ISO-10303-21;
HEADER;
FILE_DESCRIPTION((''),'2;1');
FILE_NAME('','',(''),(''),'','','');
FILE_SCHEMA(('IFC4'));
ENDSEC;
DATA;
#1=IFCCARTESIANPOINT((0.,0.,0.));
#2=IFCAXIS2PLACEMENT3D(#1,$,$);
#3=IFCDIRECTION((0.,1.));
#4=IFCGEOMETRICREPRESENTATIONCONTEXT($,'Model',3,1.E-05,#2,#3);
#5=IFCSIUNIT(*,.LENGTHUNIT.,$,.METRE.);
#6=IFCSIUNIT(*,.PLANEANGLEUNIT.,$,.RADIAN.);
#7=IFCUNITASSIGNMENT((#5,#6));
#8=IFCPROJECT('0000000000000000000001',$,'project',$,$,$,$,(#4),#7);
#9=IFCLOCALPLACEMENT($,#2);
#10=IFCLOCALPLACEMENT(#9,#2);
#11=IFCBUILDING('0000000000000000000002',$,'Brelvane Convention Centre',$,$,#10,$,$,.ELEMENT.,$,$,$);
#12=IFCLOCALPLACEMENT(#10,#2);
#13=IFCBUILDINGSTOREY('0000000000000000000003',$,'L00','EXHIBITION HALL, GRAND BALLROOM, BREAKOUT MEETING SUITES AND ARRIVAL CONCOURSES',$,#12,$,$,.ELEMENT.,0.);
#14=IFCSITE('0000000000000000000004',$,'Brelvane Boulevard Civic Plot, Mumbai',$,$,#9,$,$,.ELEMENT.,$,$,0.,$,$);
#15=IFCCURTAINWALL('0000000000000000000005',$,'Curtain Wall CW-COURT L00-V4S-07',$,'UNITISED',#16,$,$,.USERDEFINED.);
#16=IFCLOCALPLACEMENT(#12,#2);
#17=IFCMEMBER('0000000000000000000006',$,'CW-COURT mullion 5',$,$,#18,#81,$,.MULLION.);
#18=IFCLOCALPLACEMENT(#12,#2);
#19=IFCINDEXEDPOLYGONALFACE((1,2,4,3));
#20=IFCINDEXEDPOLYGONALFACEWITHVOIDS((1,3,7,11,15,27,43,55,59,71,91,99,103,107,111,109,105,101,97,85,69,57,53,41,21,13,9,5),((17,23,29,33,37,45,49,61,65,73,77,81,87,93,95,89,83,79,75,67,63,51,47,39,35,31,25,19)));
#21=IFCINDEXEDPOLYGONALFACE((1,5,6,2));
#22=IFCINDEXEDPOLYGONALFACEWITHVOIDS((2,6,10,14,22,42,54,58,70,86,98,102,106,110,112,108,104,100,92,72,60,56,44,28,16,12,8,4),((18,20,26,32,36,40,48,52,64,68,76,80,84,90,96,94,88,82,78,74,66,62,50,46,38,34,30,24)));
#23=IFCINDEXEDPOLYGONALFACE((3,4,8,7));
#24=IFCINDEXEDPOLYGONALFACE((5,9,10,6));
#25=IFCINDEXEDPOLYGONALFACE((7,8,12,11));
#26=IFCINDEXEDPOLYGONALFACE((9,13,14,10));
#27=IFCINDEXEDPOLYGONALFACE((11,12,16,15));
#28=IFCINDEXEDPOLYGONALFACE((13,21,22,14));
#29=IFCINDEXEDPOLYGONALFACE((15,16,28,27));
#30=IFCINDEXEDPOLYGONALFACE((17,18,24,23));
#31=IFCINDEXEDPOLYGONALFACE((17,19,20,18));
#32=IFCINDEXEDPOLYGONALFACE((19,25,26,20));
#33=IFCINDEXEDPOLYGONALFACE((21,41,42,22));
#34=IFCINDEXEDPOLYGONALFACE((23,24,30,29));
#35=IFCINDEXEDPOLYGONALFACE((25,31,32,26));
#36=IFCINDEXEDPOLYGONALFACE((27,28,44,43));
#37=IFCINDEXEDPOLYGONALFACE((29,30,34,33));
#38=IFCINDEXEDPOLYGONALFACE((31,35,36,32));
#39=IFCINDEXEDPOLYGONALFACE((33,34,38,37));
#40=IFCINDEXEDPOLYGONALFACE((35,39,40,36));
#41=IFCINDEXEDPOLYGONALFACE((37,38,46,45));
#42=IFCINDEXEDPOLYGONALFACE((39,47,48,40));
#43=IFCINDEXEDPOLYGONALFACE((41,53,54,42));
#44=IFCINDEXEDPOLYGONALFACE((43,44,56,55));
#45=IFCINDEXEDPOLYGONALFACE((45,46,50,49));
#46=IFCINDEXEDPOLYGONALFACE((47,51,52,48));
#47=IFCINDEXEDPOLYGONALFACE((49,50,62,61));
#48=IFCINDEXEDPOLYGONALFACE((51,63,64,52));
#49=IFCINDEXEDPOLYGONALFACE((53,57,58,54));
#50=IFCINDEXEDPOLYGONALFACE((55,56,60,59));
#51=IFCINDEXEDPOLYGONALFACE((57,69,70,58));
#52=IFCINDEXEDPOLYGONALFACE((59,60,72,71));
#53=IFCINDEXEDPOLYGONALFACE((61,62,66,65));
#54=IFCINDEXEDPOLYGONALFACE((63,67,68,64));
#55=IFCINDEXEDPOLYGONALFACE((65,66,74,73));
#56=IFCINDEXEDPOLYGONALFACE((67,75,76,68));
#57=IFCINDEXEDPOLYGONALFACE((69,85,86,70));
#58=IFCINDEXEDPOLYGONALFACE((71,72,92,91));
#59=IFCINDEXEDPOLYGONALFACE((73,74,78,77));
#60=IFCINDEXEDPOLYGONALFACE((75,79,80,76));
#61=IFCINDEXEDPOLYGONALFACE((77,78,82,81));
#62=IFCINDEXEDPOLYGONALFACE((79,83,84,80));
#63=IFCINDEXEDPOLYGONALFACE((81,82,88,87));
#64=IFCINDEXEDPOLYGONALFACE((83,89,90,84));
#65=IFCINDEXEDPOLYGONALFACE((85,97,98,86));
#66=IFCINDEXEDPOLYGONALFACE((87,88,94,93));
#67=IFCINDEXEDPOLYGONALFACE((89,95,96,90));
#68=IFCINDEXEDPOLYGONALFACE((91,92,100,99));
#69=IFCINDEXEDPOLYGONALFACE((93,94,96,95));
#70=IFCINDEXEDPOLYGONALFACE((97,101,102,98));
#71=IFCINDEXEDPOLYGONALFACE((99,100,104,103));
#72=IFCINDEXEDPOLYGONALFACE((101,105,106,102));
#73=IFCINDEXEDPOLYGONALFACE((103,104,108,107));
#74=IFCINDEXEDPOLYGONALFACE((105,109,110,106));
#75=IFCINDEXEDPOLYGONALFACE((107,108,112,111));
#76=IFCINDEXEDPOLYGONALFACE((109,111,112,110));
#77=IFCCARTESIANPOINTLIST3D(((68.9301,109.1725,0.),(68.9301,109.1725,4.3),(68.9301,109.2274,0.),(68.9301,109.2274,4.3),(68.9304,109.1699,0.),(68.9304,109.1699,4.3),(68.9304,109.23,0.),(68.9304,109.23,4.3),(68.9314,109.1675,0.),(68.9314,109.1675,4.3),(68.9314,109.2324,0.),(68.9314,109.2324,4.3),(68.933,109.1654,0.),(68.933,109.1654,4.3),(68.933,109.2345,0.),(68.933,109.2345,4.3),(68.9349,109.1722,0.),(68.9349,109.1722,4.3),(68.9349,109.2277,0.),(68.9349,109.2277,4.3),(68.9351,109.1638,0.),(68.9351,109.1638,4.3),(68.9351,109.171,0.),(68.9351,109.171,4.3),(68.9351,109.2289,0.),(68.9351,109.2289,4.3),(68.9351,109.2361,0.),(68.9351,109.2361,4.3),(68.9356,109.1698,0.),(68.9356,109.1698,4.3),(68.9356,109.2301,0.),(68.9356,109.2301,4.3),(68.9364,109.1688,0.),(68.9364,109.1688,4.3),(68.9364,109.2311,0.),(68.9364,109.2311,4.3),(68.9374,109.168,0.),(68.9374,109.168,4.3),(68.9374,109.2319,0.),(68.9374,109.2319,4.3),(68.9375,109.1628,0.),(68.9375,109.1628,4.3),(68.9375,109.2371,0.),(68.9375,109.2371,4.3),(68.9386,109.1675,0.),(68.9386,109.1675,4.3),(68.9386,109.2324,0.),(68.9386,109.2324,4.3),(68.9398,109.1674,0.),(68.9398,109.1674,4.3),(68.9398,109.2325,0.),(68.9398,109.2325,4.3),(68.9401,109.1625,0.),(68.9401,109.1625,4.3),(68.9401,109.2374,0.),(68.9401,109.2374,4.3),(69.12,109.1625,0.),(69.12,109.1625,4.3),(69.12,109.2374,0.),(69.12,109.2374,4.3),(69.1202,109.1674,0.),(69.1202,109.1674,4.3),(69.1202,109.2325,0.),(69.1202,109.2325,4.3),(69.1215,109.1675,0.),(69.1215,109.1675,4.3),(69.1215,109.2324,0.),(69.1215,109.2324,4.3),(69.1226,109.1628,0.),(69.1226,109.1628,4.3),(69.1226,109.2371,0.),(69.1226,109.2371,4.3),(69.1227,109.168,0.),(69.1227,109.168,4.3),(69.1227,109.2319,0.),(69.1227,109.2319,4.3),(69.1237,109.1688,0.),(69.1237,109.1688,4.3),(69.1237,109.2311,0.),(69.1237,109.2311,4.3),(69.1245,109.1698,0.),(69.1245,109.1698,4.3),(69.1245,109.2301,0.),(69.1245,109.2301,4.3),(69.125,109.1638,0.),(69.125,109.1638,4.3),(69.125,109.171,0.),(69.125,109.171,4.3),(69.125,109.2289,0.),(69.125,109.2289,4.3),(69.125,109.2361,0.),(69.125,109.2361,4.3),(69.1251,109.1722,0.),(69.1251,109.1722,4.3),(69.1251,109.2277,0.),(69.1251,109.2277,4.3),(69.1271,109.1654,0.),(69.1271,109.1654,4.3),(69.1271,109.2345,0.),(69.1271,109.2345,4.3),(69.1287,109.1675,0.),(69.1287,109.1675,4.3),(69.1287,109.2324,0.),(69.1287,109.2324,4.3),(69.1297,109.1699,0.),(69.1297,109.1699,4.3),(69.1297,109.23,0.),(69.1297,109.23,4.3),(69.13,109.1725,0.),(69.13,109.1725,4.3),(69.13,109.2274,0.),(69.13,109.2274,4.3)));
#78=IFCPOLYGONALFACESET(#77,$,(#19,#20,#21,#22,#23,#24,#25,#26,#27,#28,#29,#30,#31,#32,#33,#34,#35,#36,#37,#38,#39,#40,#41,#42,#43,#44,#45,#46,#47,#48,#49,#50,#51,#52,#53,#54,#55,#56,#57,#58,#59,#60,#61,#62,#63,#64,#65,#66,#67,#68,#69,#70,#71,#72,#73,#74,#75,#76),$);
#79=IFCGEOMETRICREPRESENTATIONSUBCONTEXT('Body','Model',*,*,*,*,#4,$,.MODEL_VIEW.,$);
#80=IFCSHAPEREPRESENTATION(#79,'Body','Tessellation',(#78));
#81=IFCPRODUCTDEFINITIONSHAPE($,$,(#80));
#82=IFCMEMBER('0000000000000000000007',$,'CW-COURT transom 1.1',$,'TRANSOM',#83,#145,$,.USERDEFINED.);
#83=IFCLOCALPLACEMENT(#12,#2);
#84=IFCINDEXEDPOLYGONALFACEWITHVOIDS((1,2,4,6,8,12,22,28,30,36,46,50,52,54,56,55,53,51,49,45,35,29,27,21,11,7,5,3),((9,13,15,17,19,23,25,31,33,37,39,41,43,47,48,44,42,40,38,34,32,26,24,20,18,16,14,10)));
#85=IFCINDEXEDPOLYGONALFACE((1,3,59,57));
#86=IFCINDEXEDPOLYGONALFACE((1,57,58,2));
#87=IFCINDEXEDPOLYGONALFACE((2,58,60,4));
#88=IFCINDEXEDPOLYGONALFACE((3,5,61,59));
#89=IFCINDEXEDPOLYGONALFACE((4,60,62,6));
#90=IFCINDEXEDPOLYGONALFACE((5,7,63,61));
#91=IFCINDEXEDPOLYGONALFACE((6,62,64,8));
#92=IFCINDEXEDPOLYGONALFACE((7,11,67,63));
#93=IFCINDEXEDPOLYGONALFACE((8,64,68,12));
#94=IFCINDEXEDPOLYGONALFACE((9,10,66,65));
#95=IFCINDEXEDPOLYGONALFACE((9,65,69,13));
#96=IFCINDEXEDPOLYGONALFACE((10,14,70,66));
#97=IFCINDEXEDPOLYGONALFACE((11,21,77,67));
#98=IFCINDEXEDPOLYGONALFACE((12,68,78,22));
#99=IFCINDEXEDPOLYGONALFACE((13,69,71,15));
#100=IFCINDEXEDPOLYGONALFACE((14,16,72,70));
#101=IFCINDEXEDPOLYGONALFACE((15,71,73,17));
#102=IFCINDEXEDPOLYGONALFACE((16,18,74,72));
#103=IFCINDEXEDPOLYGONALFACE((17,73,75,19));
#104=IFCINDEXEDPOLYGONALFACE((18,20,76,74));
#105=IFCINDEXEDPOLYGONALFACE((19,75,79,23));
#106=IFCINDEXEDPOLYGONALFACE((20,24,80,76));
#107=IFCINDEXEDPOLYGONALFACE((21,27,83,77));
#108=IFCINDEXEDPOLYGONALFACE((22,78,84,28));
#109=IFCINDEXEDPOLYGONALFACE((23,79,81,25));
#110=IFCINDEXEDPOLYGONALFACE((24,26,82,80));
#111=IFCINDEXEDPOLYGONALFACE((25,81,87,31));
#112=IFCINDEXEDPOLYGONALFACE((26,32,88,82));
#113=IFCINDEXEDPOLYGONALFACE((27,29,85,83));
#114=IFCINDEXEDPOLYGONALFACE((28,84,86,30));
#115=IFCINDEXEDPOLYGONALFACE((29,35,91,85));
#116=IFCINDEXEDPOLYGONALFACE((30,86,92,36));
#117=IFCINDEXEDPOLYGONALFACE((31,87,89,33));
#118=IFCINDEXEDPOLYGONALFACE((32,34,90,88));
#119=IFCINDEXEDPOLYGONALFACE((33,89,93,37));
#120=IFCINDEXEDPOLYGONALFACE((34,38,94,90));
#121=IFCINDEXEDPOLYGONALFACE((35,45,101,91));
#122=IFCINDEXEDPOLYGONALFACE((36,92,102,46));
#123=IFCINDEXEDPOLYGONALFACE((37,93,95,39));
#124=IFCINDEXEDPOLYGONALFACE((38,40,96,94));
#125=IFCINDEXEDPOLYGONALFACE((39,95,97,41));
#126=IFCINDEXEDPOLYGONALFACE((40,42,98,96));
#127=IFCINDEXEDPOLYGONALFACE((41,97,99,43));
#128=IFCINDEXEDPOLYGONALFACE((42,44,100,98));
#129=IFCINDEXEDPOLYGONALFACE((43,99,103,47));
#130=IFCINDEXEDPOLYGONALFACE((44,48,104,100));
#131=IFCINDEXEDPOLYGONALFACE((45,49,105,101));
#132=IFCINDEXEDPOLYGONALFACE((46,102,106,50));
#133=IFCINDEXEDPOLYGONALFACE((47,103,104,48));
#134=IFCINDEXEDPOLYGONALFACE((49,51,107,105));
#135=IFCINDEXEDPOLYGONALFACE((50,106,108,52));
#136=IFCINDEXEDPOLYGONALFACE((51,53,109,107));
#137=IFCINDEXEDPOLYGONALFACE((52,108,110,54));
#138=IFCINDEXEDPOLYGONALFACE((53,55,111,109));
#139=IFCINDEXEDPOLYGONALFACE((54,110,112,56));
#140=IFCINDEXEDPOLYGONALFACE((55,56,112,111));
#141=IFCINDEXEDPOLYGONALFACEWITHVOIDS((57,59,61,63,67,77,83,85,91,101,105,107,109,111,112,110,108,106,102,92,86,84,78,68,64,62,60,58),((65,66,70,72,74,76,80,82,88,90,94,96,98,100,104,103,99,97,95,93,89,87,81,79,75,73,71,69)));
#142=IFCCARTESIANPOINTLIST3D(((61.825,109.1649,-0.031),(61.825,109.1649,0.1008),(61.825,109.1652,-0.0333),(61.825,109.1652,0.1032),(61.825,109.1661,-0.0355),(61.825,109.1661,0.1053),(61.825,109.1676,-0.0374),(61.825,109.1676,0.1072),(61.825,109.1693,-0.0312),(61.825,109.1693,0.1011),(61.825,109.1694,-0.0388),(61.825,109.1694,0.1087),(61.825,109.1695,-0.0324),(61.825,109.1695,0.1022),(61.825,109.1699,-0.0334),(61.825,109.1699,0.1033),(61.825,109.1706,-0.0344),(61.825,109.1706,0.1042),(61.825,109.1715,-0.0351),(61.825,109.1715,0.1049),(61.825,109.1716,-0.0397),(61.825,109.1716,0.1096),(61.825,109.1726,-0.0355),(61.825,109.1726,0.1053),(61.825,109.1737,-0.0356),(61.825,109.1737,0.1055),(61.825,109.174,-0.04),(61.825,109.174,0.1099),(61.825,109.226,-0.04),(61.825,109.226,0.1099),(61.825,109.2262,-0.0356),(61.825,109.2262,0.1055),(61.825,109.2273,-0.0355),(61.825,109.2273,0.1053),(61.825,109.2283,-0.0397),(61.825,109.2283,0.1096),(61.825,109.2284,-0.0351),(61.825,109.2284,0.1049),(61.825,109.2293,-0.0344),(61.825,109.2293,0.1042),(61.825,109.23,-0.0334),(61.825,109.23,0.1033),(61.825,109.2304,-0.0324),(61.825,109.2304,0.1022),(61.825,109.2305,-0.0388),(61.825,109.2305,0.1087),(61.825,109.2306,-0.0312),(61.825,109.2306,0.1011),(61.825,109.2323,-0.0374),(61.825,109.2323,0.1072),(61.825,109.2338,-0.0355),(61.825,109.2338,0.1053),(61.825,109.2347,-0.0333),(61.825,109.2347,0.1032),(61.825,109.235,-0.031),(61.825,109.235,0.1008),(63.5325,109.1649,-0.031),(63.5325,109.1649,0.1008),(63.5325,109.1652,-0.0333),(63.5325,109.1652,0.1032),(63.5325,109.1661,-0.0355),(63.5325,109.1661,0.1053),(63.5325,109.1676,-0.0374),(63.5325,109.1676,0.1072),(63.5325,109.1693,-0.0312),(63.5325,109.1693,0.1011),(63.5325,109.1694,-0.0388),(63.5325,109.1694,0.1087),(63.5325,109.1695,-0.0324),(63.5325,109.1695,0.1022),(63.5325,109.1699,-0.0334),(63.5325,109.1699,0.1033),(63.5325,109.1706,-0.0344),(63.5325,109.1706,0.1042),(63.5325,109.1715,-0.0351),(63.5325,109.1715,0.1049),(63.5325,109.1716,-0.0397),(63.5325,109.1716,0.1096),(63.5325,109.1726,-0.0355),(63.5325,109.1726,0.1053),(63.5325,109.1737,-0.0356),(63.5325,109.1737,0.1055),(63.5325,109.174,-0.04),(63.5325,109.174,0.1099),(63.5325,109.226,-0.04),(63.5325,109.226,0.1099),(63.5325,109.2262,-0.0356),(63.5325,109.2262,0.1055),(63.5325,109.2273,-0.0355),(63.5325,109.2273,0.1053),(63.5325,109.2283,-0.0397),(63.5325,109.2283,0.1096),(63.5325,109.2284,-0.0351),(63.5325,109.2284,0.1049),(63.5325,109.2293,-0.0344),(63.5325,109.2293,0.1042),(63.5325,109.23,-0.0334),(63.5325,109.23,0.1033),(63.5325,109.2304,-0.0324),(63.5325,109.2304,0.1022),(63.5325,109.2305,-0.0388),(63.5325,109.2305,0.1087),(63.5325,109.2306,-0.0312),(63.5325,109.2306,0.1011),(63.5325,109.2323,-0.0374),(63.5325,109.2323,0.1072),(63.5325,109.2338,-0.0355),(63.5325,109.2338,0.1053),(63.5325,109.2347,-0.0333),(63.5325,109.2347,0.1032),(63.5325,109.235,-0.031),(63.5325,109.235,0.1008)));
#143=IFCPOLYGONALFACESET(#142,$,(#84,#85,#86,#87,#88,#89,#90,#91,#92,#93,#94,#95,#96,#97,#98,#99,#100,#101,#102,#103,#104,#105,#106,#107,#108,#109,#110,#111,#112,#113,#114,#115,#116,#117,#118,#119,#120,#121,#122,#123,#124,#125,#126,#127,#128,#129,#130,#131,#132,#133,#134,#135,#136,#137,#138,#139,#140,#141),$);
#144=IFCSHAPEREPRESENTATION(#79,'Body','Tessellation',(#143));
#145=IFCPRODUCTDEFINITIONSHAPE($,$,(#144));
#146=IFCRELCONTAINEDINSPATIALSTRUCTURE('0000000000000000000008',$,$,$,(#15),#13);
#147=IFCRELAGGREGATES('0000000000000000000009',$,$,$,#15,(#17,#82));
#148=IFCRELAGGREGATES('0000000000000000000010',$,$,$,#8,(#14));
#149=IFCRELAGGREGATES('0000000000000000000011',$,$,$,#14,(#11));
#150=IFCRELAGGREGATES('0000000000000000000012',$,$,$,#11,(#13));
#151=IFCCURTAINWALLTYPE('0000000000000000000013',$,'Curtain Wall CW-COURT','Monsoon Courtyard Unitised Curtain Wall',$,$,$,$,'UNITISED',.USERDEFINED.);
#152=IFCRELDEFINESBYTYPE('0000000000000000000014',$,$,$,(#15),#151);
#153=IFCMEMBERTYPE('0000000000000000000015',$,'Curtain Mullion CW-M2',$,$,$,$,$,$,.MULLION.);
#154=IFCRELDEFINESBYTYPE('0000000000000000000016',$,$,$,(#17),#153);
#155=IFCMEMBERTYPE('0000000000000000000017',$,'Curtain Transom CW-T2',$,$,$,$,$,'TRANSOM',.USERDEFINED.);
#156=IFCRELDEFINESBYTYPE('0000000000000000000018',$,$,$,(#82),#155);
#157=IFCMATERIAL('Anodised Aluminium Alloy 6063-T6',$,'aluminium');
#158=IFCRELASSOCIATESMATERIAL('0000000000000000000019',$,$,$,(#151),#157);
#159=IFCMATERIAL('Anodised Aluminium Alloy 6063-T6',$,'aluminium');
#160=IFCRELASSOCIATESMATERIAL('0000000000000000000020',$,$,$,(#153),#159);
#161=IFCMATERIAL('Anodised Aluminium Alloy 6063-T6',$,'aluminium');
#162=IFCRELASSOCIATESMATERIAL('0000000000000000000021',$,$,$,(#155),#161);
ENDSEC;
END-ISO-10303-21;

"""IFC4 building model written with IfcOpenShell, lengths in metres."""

from ifc_helpers import new_model, si_unit, direction, frame, origin, origin_2d, place, context, subcontext, project, spatial, hollow_rectangle, extrude, material, material_profile, profile_set, type_object, element, aggregate, save


model = new_model("IFC4")

# Units and contexts
model_context = context("Model", 3, precision=1e-05, world=origin(), true_north=direction((0.0, 1.0)))
body_context = subcontext(model_context, "Body", "Model", "MODEL_VIEW")
ifc_project = project(units=[si_unit("LENGTHUNIT", "METRE"), si_unit("PLANEANGLEUNIT", "RADIAN")], contexts=[model_context])

# Site, building, storey
site_placement = place(None, origin())
site = spatial("IfcSite", under=ifc_project, at=site_placement, Name="Brelvane Boulevard Civic Plot, Mumbai", CompositionType="ELEMENT", RefElevation=0.0)
building_placement = place(site_placement, origin())
building = spatial("IfcBuilding", under=site, at=building_placement, Name="Brelvane Convention Centre", CompositionType="ELEMENT")
storey_placement = place(building_placement, origin())
storey = spatial("IfcBuildingStorey", under=building, at=storey_placement, Name="L00", Description="EXHIBITION HALL, GRAND BALLROOM, BREAKOUT MEETING SUITES AND ARRIVAL CONCOURSES", CompositionType="ELEMENT", Elevation=0.0)

# Curtain wall, members
ifc_material_1 = material(Name="Anodised Aluminium Alloy 6063-T6", Category="aluminium")
curtain_wall_type = type_object("IfcCurtainWallType", Name="Curtain Wall CW-COURT", Description="Monsoon Courtyard Unitised Curtain Wall", ElementType="UNITISED", PredefinedType="USERDEFINED", material=ifc_material_1)
curtain_wall_placement = place(storey_placement, origin())
curtain_wall = element("IfcCurtainWall", 1, at=curtain_wall_placement, inside=storey, type_object=curtain_wall_type, Name="Curtain Wall CW-COURT L00-V4S-07", ObjectType="UNITISED", PredefinedType="USERDEFINED")
ifc_material_2 = material(Name="Anodised Aluminium Alloy 6063-T6", Category="aluminium")
ifc_material_profile_1 = material_profile(ifc_material_2, hollow_rectangle(XDim=0.075, YDim=0.2, WallThickness=0.0049, InnerFilletRadius=0.0049, OuterFilletRadius=0.01, at=origin_2d()), Name="ALU-M 200x75x5.0")
ifc_profile_set_1 = profile_set([ifc_material_profile_1], Name="Anodised Aluminium Alloy 6063-T6")
member_type_1 = type_object("IfcMemberType", Name="Curtain Mullion CW-M2", PredefinedType="MULLION", material=ifc_profile_set_1)
member_1_placement = place(storey_placement, frame((69.03, 109.2, 0.0), z_axis=(0.0, 0.0, 1.0), x_axis=(0.0, 1.0, 0.0)))
member_1 = element("IfcMember", 2, at=member_1_placement, type_object=member_type_1, Name="CW-COURT mullion 5", PredefinedType="MULLION", context=body_context, shape_type="SweptSolid", body=[
    extrude(hollow_rectangle(XDim=0.075, YDim=0.2, WallThickness=0.0049, InnerFilletRadius=0.0049, OuterFilletRadius=0.01, at=origin_2d()), origin(), (0.0, 0.0, 1.0), 4.3),
])
ifc_material_3 = material(Name="Anodised Aluminium Alloy 6063-T6", Category="aluminium")
ifc_material_profile_2 = material_profile(ifc_material_3, hollow_rectangle(XDim=0.0701, YDim=0.1499, WallThickness=0.0044, InnerFilletRadius=0.0044, OuterFilletRadius=0.009, at=origin_2d()), Name="ALU-T 150x70x4.5")
ifc_profile_set_2 = profile_set([ifc_material_profile_2], Name="Anodised Aluminium Alloy 6063-T6")
member_type_2 = type_object("IfcMemberType", Name="Curtain Transom CW-T2", ElementType="TRANSOM", PredefinedType="USERDEFINED", material=ifc_profile_set_2)
member_2_placement = place(storey_placement, frame((61.825, 109.2, 0.0349), z_axis=(1.0, 0.0, 0.0), x_axis=(0.0, 1.0, 0.0)))
member_2 = element("IfcMember", 3, at=member_2_placement, type_object=member_type_2, Name="CW-COURT transom 1.1", ObjectType="TRANSOM", PredefinedType="USERDEFINED", context=body_context, shape_type="SweptSolid", body=[
    extrude(hollow_rectangle(XDim=0.0701, YDim=0.1499, WallThickness=0.0044, InnerFilletRadius=0.0044, OuterFilletRadius=0.009, at=origin_2d()), origin(), (0.0, 0.0, 1.0), 1.7075),
])
aggregate(curtain_wall, [member_1, member_2])

save(model, "model.ifc")
